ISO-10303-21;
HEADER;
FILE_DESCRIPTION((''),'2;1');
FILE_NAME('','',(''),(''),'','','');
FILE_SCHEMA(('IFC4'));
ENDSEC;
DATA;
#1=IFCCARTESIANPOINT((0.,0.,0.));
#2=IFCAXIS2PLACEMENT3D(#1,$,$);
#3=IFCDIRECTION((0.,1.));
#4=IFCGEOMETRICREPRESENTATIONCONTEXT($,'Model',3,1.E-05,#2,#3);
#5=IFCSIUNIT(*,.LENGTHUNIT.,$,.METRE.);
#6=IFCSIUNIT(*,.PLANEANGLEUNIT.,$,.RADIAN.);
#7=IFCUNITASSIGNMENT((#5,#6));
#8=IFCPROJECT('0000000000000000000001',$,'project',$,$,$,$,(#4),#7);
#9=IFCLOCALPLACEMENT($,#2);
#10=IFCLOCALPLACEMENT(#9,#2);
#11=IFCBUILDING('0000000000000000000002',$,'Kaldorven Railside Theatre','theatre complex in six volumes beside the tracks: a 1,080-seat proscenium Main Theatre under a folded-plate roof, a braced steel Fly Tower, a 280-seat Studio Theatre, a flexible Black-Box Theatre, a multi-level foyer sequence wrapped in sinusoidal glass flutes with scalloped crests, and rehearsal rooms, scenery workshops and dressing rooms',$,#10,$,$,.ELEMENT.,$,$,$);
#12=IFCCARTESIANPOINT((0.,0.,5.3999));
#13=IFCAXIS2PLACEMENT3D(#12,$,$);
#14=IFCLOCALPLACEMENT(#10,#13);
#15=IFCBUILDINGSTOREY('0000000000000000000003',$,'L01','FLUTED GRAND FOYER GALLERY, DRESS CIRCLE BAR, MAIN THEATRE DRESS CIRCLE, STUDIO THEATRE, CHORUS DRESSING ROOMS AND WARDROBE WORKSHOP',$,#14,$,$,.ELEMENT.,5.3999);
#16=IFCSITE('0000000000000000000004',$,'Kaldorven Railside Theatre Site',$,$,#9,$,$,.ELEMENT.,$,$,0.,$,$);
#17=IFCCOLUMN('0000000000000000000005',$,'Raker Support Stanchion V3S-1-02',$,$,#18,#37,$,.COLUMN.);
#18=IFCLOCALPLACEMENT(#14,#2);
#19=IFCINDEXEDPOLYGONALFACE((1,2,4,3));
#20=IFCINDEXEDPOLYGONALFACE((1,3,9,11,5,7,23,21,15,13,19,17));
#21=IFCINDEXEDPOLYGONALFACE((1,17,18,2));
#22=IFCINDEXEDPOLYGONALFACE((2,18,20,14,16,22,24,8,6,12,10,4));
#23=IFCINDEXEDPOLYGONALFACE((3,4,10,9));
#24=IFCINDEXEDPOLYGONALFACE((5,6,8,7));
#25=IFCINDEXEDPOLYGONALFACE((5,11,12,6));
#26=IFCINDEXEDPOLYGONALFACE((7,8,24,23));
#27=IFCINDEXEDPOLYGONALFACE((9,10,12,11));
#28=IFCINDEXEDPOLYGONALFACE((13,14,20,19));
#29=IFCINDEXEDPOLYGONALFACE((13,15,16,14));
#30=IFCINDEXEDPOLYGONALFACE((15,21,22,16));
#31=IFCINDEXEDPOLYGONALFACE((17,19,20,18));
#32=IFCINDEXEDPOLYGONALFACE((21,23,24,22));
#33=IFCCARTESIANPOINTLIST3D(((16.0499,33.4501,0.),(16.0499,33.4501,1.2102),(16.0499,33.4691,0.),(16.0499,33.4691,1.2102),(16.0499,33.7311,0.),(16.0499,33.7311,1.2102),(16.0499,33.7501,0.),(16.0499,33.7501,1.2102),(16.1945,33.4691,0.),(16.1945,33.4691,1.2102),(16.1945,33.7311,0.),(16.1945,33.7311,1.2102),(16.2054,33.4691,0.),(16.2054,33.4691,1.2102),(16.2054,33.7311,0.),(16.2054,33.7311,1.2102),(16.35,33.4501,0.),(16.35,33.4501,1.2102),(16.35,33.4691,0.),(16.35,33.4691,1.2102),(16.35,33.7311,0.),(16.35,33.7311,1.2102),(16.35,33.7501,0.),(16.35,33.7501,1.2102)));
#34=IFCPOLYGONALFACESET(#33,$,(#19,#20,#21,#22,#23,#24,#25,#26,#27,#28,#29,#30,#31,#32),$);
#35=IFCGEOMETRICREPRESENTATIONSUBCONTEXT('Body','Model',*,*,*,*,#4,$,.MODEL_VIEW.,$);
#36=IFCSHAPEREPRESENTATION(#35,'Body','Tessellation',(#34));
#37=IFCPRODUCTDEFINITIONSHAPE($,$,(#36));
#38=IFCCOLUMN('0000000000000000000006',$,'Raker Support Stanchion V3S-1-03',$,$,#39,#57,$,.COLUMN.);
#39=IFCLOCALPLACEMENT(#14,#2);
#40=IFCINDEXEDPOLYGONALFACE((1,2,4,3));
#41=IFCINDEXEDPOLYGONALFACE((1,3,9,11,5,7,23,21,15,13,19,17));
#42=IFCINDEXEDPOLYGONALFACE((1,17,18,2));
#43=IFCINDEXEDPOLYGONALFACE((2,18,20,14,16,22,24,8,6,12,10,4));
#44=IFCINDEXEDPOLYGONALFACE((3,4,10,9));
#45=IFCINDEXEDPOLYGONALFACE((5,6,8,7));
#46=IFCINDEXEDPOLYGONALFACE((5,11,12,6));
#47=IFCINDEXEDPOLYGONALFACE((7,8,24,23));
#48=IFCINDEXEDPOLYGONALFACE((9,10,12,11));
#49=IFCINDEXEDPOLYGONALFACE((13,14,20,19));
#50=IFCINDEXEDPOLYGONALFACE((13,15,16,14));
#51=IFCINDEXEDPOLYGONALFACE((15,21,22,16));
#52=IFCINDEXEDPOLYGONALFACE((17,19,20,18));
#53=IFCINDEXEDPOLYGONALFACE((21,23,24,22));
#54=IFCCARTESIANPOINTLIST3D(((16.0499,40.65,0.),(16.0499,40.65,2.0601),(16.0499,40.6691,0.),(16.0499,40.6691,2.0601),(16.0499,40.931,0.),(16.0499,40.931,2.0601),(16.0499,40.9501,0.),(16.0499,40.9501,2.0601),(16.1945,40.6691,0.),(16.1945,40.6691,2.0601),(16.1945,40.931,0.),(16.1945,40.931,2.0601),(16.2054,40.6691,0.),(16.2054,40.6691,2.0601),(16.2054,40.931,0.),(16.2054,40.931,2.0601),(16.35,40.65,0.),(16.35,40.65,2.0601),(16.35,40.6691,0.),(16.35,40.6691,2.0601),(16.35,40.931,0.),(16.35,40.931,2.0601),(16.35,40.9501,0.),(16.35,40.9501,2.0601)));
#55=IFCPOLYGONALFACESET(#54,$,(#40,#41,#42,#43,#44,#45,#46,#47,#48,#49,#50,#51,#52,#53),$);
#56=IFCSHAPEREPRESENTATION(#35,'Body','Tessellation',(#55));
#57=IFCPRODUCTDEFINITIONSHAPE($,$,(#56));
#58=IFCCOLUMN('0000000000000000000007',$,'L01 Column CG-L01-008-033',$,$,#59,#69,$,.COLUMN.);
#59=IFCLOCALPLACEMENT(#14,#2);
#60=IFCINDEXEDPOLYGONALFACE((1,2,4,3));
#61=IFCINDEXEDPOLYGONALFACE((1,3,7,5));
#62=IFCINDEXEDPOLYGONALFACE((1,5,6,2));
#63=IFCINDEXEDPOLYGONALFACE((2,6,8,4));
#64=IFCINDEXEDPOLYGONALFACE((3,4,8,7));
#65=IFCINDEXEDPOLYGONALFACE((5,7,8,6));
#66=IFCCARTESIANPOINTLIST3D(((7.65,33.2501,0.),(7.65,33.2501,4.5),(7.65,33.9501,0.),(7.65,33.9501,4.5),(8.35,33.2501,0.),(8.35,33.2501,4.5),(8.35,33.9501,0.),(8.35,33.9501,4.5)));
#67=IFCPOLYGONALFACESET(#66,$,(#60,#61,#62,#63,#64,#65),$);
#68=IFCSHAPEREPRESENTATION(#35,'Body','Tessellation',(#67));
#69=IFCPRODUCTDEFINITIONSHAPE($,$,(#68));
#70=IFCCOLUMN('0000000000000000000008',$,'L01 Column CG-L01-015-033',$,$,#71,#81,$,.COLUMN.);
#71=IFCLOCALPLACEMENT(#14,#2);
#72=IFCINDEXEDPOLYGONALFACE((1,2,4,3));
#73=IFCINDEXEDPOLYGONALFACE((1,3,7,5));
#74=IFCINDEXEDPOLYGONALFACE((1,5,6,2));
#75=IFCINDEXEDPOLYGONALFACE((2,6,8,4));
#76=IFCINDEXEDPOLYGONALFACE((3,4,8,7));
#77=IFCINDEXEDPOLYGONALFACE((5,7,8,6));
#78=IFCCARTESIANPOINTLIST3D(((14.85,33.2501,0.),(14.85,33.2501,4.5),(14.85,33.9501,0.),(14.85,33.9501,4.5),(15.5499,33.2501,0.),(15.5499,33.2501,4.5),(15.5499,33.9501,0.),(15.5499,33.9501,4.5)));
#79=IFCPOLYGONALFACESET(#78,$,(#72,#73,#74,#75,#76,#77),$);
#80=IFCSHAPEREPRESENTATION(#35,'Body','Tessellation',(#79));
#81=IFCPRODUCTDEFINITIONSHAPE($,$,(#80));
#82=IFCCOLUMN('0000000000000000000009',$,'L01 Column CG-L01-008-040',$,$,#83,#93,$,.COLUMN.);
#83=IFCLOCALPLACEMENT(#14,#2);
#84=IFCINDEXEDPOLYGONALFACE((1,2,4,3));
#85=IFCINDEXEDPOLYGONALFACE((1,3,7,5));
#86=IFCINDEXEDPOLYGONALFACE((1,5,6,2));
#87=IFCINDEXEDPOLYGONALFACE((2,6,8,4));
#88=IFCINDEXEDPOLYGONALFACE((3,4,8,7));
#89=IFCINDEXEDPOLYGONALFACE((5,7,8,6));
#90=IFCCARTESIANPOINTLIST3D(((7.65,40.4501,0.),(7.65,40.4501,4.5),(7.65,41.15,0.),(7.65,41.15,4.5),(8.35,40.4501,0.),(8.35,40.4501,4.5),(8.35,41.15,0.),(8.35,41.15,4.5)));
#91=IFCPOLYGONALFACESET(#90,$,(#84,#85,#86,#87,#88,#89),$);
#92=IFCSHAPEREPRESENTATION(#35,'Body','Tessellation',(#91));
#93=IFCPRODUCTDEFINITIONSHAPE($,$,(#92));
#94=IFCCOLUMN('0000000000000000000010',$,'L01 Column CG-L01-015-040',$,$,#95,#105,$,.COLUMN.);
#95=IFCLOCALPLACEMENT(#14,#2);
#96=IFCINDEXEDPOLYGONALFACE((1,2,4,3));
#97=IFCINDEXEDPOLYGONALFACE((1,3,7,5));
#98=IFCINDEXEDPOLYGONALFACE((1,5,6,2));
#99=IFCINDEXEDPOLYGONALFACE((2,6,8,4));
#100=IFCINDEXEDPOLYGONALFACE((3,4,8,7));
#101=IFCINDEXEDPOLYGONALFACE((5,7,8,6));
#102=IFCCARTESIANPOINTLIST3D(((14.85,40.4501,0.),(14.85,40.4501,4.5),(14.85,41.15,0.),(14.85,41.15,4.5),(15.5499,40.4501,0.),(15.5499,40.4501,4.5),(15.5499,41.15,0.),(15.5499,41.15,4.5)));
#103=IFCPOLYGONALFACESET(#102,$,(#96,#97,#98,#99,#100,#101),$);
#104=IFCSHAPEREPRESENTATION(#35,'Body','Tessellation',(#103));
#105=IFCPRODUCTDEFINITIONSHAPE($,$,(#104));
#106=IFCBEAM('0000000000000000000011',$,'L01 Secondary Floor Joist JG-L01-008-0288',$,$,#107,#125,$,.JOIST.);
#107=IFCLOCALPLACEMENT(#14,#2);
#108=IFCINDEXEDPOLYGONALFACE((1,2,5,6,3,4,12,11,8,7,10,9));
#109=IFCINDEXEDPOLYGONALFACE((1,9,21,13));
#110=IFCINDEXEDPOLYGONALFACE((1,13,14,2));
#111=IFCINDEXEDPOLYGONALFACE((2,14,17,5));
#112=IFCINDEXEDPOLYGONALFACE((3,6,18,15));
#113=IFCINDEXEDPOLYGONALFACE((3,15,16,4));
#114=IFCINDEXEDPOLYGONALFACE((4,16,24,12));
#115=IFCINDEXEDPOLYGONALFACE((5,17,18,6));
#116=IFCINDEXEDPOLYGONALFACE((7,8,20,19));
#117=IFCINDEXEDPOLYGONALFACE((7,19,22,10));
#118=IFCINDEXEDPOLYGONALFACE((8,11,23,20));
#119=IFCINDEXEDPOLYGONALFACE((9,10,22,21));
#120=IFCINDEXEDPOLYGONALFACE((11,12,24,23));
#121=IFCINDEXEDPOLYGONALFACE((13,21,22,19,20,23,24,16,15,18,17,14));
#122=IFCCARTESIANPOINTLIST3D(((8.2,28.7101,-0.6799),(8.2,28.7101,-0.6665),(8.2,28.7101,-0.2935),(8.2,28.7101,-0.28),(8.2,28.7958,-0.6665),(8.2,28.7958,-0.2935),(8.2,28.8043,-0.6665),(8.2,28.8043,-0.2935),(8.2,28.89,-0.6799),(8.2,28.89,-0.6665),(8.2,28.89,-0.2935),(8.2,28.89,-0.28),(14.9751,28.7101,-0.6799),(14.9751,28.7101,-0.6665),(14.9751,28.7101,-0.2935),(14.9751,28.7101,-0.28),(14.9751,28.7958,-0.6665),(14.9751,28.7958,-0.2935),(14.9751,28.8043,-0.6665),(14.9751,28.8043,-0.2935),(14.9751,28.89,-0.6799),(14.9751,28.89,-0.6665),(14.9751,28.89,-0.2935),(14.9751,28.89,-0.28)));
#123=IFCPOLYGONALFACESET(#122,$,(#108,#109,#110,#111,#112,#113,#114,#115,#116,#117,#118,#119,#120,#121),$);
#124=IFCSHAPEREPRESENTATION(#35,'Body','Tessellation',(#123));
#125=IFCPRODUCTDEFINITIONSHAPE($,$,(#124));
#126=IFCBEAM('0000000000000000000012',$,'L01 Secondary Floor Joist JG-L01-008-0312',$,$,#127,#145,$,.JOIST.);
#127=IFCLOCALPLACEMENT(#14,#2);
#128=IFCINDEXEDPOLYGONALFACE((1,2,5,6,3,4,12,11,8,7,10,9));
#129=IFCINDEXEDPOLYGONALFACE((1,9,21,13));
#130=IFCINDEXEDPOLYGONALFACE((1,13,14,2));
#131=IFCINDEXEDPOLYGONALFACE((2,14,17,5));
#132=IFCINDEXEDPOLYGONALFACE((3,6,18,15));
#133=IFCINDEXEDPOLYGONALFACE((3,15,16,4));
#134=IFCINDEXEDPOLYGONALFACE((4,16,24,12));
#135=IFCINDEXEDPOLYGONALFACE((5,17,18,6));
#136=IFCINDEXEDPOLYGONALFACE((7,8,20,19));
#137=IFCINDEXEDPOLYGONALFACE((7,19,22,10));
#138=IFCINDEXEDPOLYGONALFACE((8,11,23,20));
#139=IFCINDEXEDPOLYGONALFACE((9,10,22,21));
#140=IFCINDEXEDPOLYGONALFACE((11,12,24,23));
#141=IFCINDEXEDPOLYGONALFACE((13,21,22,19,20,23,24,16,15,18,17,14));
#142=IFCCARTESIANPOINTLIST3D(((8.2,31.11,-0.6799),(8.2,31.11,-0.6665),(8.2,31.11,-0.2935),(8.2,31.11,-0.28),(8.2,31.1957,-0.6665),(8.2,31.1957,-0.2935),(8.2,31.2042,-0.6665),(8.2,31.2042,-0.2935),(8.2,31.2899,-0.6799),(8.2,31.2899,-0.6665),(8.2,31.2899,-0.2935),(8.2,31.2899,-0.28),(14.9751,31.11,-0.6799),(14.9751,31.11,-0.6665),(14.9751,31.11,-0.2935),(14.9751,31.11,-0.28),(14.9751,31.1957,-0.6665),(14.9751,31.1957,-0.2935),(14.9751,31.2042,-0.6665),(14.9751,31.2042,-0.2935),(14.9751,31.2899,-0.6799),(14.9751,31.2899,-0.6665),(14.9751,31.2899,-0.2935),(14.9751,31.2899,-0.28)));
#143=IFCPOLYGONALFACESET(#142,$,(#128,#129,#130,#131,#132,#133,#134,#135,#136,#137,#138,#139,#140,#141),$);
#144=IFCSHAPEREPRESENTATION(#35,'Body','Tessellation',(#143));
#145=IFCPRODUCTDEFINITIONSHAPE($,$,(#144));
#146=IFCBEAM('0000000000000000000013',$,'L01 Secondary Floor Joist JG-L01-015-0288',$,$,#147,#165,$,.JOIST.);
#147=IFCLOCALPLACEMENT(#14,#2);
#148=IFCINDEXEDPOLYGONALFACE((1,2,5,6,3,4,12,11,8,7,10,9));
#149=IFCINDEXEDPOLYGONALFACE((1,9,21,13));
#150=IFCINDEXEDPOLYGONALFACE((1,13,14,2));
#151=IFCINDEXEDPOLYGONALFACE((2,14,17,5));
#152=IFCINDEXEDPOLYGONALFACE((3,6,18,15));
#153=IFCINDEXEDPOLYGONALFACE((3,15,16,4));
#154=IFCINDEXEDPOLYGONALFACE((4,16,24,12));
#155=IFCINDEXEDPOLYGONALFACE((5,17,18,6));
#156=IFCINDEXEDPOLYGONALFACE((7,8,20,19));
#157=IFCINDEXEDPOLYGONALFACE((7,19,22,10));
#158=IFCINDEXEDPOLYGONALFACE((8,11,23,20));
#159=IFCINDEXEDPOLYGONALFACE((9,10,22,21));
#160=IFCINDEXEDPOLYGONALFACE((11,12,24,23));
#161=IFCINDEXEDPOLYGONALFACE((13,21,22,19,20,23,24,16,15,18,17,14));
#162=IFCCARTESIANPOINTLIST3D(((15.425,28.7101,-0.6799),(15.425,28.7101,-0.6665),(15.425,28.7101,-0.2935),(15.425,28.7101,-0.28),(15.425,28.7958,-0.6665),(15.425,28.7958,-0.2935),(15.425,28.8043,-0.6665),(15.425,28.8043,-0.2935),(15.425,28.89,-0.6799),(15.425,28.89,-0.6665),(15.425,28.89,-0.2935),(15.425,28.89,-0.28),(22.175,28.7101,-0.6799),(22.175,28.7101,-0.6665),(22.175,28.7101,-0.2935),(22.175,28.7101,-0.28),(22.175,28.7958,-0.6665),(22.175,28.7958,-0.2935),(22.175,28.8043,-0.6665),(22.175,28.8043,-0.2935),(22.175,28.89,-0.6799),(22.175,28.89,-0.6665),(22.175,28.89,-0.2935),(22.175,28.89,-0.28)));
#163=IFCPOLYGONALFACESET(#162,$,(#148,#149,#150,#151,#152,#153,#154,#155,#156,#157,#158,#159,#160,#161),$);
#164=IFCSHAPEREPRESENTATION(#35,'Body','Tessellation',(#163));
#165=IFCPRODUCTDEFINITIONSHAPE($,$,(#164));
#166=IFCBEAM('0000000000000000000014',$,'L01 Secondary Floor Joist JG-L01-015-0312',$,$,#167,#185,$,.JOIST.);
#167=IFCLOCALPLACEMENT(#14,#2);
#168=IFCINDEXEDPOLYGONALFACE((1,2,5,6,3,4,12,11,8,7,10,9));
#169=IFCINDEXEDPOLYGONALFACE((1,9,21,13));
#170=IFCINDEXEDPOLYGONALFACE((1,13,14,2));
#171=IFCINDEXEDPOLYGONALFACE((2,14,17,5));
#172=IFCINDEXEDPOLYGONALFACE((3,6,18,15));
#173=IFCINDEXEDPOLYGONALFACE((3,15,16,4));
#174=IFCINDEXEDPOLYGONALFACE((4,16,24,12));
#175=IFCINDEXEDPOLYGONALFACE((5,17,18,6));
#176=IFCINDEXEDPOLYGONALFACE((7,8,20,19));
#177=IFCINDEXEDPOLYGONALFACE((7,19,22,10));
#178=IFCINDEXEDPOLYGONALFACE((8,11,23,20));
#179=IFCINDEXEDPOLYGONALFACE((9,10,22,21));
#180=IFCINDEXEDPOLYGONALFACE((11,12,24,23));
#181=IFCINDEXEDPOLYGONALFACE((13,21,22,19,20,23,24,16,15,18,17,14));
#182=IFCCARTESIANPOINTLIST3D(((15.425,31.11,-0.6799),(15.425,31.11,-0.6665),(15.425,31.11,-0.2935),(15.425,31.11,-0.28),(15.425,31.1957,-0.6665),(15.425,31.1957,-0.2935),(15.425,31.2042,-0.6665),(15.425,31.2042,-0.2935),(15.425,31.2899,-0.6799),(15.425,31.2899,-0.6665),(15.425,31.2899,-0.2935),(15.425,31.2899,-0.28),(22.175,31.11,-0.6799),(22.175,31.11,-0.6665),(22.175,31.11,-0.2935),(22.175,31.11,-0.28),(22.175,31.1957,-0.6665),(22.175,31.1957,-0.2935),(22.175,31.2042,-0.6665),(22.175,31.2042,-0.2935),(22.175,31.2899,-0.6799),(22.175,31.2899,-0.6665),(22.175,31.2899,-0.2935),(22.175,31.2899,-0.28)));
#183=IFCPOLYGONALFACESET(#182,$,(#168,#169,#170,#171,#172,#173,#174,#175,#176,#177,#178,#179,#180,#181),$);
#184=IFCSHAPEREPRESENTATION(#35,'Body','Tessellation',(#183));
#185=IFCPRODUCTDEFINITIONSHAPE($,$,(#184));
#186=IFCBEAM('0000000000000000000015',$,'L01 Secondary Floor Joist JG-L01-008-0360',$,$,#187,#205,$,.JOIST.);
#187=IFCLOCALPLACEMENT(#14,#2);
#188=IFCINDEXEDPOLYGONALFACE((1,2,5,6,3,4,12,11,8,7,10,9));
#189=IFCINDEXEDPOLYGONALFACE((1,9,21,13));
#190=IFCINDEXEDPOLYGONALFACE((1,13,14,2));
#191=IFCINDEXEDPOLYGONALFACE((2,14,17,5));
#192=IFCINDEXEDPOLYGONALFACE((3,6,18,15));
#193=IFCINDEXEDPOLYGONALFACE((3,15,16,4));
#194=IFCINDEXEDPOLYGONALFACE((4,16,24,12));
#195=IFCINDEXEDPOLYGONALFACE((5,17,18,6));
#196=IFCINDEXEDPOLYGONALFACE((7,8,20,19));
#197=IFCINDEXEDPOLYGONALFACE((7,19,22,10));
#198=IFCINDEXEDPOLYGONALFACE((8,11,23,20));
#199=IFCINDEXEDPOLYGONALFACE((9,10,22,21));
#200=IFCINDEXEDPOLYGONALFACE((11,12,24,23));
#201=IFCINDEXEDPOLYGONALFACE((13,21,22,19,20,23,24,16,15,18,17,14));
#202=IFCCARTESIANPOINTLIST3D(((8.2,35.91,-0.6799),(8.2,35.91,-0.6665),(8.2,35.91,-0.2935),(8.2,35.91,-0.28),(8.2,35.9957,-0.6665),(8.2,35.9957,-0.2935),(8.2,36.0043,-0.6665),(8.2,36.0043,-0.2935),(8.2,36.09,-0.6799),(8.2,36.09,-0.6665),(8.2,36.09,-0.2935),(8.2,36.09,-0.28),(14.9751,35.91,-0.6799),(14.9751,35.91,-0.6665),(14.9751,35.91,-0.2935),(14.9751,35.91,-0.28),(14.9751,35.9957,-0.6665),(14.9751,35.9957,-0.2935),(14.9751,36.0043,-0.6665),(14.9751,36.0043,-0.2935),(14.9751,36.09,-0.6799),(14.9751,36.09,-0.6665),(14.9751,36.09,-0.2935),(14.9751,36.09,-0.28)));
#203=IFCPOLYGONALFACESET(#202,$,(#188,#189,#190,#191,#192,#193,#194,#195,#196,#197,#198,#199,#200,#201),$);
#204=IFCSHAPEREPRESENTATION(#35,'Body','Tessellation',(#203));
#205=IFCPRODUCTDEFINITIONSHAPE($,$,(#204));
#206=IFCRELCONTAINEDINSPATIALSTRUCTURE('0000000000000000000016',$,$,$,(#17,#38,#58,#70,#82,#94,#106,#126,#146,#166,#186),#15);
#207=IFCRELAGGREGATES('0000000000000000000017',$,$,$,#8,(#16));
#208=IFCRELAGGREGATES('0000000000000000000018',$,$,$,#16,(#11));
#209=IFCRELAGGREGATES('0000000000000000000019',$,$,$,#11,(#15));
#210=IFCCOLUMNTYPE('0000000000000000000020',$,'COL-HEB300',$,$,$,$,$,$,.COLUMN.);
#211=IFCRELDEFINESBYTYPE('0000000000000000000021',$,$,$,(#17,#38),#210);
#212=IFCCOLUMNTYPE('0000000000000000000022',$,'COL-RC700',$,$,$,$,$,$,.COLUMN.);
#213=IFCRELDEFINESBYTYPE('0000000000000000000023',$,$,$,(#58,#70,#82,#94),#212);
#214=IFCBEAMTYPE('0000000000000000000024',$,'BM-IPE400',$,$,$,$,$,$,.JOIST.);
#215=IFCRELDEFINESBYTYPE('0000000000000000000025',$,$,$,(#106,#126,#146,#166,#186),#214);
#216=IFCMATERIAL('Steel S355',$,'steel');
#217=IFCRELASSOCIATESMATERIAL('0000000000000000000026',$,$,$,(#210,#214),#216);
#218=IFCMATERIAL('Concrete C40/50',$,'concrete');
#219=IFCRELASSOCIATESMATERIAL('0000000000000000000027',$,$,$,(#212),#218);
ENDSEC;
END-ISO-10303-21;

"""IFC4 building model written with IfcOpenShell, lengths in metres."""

from ifc_helpers import new_model, si_unit, direction, frame, origin, origin_2d, place, context, subcontext, project, spatial, rectangle, i_section, extrude, material, material_profile, profile_set, type_object, element, save


model = new_model("IFC4")

# Units and contexts
model_context = context("Model", 3, precision=1e-05, world=origin(), true_north=direction((0.0, 1.0)))
body_context = subcontext(model_context, "Body", "Model", "MODEL_VIEW")
ifc_project = project(units=[si_unit("LENGTHUNIT", "METRE"), si_unit("PLANEANGLEUNIT", "RADIAN")], contexts=[model_context])

# Site, building, storey
site_placement = place(None, origin())
site = spatial("IfcSite", under=ifc_project, at=site_placement, Name="Kaldorven Railside Theatre Site", CompositionType="ELEMENT", RefElevation=0.0)
building_placement = place(site_placement, origin())
building = spatial("IfcBuilding", under=site, at=building_placement, Name="Kaldorven Railside Theatre", Description="theatre complex in six volumes beside the tracks: a 1,080-seat proscenium Main Theatre under a folded-plate roof, a braced steel Fly Tower, a 280-seat Studio Theatre, a flexible Black-Box Theatre, a multi-level foyer sequence wrapped in sinusoidal glass flutes with scalloped crests, and rehearsal rooms, scenery workshops and dressing rooms", CompositionType="ELEMENT")
storey_placement = place(building_placement, frame((0.0, 0.0, 5.3999)))
storey = spatial("IfcBuildingStorey", under=building, at=storey_placement, Name="L01", Description="FLUTED GRAND FOYER GALLERY, DRESS CIRCLE BAR, MAIN THEATRE DRESS CIRCLE, STUDIO THEATRE, CHORUS DRESSING ROOMS AND WARDROBE WORKSHOP", CompositionType="ELEMENT", Elevation=5.3999)

# Columns
ifc_material_1 = material(Name="Steel S355", Category="steel")
ifc_material_profile_1 = material_profile(ifc_material_1, i_section(OverallWidth=0.3, OverallDepth=0.3, WebThickness=0.011, FlangeThickness=0.019, at=origin_2d()), Name="HEB 300")
ifc_profile_set_1 = profile_set([ifc_material_profile_1], Name="Steel S355")
column_type_1 = type_object("IfcColumnType", Name="COL-HEB300", PredefinedType="COLUMN", material=ifc_profile_set_1)
column_1_placement = place(storey_placement, frame((16.2, 33.6001, 0.0), z_axis=(0.0, 0.0, 1.0), x_axis=(1.0, 0.0, 0.0)))
element("IfcColumn", 1, at=column_1_placement, inside=storey, type_object=column_type_1, Name="Raker Support Stanchion V3S-1-02", PredefinedType="COLUMN", context=body_context, shape_type="SweptSolid", body=[
    extrude(i_section(OverallWidth=0.3, OverallDepth=0.3, WebThickness=0.011, FlangeThickness=0.019, at=origin_2d()), origin(), (0.0, 0.0, 1.0), 1.2102),
])
column_2_placement = place(storey_placement, frame((16.2, 40.8, 0.0), z_axis=(0.0, 0.0, 1.0), x_axis=(1.0, 0.0, 0.0)))
element("IfcColumn", 2, at=column_2_placement, inside=storey, type_object=column_type_1, Name="Raker Support Stanchion V3S-1-03", PredefinedType="COLUMN", context=body_context, shape_type="SweptSolid", body=[
    extrude(i_section(OverallWidth=0.3, OverallDepth=0.3, WebThickness=0.011, FlangeThickness=0.019, at=origin_2d()), origin(), (0.0, 0.0, 1.0), 2.0601),
])
ifc_material_2 = material(Name="Concrete C40/50", Category="concrete")
ifc_material_profile_2 = material_profile(ifc_material_2, rectangle(XDim=0.7, YDim=0.7, at=origin_2d()), Name="RC 700x700")
ifc_profile_set_2 = profile_set([ifc_material_profile_2], Name="Concrete C40/50")
column_type_2 = type_object("IfcColumnType", Name="COL-RC700", PredefinedType="COLUMN", material=ifc_profile_set_2)
for number, where, z_axis, x_axis, name in (
    (3, (8.0, 33.6001, 0.0), (0.0, 0.0, 1.0), (0.0, 1.0, 0.0), "L01 Column CG-L01-008-033"),
    (4, (15.2, 33.6001, 0.0), (0.0, 0.0, 1.0), (1.0, 0.0, 0.0), "L01 Column CG-L01-015-033"),
    (5, (8.0, 40.8, 0.0), (0.0, 0.0, 1.0), (1.0, 0.0, 0.0), "L01 Column CG-L01-008-040"),
    (6, (15.2, 40.8, 0.0), (0.0, 0.0, 1.0), (1.0, 0.0, 0.0), "L01 Column CG-L01-015-040"),
):
    element("IfcColumn", number, at=place(storey_placement, frame(where, z_axis=z_axis, x_axis=x_axis)), inside=storey, type_object=column_type_2, Name=name, PredefinedType="COLUMN", context=body_context, shape_type="SweptSolid", body=[
        extrude(rectangle(XDim=0.7, YDim=0.7, at=origin_2d()), origin(), (0.0, 0.0, 1.0), 4.5),
    ])

# Beams
ifc_material_profile_3 = material_profile(ifc_material_1, i_section(OverallWidth=0.1799, OverallDepth=0.3999, WebThickness=0.0085, FlangeThickness=0.0134, at=origin_2d()), Name="IPE 400")
ifc_profile_set_3 = profile_set([ifc_material_profile_3], Name="Steel S355")
beam_type_1 = type_object("IfcBeamType", Name="BM-IPE400", PredefinedType="JOIST", material=ifc_profile_set_3)
for number, where, z_axis, x_axis, name in (
    (7, (8.2, 28.8, -0.48), (1.0, 0.0, 0.0), (0.0, 1.0, 0.0), "L01 Secondary Floor Joist JG-L01-008-0288"),
    (8, (8.2, 31.2, -0.48), (1.0, 0.0, 0.0), (0.0, 1.0, 0.0), "L01 Secondary Floor Joist JG-L01-008-0312"),
):
    element("IfcBeam", number, at=place(storey_placement, frame(where, z_axis=z_axis, x_axis=x_axis)), inside=storey, type_object=beam_type_1, Name=name, PredefinedType="JOIST", context=body_context, shape_type="SweptSolid", body=[
        extrude(i_section(OverallWidth=0.1799, OverallDepth=0.3999, WebThickness=0.0085, FlangeThickness=0.0134, at=origin_2d()), origin(), (0.0, 0.0, 1.0), 6.7751),
    ])
for number, where, z_axis, x_axis, name in (
    (9, (15.425, 28.8, -0.48), (1.0, 0.0, 0.0), (0.0, 1.0, 0.0), "L01 Secondary Floor Joist JG-L01-015-0288"),
    (10, (15.425, 31.2, -0.48), (1.0, 0.0, 0.0), (0.0, 1.0, 0.0), "L01 Secondary Floor Joist JG-L01-015-0312"),
):
    element("IfcBeam", number, at=place(storey_placement, frame(where, z_axis=z_axis, x_axis=x_axis)), inside=storey, type_object=beam_type_1, Name=name, PredefinedType="JOIST", context=body_context, shape_type="SweptSolid", body=[
        extrude(i_section(OverallWidth=0.1799, OverallDepth=0.3999, WebThickness=0.0085, FlangeThickness=0.0134, at=origin_2d()), origin(), (0.0, 0.0, 1.0), 6.75),
    ])
for number, where, z_axis, x_axis, name in (
    (11, (8.2, 36.0, -0.48), (1.0, 0.0, 0.0), (0.0, 1.0, 0.0), "L01 Secondary Floor Joist JG-L01-008-0360"),
):
    element("IfcBeam", number, at=place(storey_placement, frame(where, z_axis=z_axis, x_axis=x_axis)), inside=storey, type_object=beam_type_1, Name=name, PredefinedType="JOIST", context=body_context, shape_type="SweptSolid", body=[
        extrude(i_section(OverallWidth=0.1799, OverallDepth=0.3999, WebThickness=0.0085, FlangeThickness=0.0134, at=origin_2d()), origin(), (0.0, 0.0, 1.0), 6.7751),
    ])

save(model, "model.ifc")
